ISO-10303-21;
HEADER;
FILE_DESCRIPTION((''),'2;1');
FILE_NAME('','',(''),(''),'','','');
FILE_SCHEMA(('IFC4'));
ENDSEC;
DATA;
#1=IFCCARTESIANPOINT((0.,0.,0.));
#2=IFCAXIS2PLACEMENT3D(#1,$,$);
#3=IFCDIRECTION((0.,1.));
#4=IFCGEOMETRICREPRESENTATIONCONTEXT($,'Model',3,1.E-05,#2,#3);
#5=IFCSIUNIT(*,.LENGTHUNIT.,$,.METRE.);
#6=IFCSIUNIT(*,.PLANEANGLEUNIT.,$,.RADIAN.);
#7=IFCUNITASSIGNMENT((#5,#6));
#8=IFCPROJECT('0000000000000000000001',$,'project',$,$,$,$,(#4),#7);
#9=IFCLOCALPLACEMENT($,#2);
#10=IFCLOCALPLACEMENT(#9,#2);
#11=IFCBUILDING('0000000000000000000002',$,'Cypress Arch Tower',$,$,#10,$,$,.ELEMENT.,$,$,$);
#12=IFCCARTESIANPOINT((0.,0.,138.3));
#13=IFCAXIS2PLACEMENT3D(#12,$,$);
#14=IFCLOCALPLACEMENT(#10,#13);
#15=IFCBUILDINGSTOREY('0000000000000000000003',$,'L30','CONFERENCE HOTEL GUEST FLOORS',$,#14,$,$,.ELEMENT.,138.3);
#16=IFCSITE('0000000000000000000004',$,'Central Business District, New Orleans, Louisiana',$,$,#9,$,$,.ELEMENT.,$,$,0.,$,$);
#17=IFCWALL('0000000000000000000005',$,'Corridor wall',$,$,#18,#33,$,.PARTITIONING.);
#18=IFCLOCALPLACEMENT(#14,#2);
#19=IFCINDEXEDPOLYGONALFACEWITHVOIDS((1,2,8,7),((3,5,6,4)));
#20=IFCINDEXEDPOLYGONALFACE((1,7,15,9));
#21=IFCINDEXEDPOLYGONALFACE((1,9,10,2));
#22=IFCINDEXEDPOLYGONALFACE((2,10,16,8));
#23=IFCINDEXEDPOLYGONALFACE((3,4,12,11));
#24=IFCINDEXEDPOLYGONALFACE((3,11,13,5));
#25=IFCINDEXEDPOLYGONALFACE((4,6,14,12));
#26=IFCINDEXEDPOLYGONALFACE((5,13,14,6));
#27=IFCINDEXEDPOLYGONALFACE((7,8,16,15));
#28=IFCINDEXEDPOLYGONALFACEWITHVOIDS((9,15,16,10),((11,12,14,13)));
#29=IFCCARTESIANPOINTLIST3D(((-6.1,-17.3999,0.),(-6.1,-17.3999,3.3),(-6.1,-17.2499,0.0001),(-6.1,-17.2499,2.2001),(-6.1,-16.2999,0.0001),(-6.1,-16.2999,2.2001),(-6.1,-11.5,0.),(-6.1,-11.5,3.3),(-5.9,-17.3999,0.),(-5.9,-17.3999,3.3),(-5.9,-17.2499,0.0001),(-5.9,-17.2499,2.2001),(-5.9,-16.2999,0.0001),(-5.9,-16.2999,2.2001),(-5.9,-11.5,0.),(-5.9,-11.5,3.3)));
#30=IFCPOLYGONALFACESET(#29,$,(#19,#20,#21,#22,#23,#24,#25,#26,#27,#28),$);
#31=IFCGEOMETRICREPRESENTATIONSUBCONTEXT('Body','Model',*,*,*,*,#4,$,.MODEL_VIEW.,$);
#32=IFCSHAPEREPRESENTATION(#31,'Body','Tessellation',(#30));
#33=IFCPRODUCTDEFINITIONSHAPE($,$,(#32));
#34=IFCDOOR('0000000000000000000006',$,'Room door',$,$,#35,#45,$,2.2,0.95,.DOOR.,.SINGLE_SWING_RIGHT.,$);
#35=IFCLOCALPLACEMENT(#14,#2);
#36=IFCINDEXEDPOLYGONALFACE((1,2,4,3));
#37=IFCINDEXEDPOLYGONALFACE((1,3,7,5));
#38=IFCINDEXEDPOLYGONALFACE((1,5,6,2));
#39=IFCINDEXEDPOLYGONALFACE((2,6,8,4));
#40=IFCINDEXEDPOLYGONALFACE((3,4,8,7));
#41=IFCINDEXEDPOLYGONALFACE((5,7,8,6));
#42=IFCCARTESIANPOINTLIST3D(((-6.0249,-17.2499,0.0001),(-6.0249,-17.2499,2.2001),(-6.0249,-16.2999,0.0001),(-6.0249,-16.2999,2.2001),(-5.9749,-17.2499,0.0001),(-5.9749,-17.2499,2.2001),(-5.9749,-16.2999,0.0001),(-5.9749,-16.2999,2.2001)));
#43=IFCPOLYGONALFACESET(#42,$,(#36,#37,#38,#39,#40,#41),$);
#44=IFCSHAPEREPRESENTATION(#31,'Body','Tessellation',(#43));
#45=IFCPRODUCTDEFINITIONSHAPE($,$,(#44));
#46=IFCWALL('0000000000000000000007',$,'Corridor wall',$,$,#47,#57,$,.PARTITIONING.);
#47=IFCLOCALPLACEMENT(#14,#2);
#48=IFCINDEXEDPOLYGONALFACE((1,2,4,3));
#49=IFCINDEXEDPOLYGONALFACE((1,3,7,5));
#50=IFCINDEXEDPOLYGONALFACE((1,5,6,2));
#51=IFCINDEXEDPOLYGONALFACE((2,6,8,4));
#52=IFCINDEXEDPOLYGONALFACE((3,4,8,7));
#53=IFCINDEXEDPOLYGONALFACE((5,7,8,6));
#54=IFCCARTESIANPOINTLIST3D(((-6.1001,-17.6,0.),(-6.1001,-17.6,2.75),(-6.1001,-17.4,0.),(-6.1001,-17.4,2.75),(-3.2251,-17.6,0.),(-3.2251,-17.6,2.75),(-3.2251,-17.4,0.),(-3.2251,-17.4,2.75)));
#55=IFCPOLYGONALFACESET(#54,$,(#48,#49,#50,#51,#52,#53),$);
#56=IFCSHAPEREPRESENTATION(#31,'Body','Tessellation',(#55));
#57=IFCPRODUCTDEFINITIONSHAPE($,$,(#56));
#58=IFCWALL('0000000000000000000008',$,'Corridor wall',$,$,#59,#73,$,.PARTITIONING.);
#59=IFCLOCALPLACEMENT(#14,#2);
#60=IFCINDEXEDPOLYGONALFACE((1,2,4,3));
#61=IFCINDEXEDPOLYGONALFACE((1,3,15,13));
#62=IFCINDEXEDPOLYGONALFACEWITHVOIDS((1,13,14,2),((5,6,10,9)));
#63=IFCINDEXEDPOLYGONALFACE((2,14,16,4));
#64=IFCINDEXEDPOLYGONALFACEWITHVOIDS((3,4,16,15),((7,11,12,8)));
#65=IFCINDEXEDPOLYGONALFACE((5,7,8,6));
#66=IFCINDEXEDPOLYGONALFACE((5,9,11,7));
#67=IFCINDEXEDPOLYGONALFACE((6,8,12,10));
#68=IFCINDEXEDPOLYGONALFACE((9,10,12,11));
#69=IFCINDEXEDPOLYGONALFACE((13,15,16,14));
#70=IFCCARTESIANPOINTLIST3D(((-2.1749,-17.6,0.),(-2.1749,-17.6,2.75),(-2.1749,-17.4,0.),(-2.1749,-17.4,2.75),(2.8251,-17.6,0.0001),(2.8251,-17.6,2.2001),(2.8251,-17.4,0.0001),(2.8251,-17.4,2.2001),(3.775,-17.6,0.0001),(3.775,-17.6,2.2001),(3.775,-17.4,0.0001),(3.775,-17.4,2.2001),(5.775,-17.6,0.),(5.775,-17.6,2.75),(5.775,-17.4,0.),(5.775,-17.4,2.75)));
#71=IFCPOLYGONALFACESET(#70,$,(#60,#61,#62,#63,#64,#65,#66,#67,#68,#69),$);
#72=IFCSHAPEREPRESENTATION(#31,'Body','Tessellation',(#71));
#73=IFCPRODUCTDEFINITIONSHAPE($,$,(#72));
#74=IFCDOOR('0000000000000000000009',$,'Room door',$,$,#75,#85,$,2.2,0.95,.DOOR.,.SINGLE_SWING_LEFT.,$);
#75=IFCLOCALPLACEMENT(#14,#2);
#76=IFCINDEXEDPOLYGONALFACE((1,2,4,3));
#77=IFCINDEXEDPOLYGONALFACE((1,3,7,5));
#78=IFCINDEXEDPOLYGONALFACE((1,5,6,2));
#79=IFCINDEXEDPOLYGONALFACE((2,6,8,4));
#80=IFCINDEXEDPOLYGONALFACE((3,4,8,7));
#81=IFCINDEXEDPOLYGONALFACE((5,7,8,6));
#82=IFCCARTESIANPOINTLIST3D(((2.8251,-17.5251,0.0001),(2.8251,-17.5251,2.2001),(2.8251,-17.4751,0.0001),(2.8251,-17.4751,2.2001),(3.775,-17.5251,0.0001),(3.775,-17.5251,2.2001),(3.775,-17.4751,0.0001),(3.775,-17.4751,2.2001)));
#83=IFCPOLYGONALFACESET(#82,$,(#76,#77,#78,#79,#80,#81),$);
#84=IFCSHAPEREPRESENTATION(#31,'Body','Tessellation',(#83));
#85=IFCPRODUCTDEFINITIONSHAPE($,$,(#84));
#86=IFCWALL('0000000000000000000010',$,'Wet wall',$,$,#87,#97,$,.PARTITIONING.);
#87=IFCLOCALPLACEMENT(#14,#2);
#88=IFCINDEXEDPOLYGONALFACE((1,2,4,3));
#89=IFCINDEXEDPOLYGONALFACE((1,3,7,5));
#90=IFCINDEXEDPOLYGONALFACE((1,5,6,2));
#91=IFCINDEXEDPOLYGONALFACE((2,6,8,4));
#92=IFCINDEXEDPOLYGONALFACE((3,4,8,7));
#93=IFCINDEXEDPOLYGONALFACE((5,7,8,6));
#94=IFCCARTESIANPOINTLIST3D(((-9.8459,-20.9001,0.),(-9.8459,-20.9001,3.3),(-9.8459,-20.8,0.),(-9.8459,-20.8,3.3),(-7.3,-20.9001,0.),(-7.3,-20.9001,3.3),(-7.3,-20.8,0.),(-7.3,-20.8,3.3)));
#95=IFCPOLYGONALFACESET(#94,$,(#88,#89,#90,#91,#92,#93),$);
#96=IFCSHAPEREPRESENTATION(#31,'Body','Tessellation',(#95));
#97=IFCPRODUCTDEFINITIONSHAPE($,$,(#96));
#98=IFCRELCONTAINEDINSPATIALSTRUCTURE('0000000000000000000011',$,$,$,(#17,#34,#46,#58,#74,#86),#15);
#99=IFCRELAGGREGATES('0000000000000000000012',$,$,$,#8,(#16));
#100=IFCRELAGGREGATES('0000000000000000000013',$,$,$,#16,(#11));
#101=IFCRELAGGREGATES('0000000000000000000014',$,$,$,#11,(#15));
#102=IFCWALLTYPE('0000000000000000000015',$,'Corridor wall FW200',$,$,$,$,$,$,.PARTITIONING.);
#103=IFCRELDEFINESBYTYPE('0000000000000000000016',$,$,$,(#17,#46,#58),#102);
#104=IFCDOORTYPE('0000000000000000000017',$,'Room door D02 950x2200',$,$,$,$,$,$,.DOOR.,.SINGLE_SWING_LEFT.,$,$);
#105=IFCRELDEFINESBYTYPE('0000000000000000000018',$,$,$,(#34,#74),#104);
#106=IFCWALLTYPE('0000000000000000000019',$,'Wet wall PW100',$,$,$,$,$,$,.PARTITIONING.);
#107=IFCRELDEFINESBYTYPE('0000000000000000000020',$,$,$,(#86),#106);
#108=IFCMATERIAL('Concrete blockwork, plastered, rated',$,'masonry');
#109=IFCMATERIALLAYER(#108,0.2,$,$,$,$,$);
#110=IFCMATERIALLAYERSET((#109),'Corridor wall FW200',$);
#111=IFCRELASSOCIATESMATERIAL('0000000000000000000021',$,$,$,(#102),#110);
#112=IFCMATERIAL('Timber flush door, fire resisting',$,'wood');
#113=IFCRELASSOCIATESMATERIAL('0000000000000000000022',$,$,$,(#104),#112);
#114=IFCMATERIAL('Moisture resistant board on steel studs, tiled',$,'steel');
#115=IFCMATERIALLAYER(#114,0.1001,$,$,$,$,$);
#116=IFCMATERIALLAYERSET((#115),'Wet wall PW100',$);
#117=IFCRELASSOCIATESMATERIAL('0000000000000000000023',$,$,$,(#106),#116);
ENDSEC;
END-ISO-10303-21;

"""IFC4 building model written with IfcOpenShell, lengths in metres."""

from ifc_helpers import new_model, si_unit, direction, frame, frame_2d, origin, place, context, subcontext, project, spatial, rectangle, extrude, material, layer, layer_set, type_object, element, fill, save


model = new_model("IFC4")

# Units and contexts
model_context = context("Model", 3, precision=1e-05, world=origin(), true_north=direction((0.0, 1.0)))
body_context = subcontext(model_context, "Body", "Model", "MODEL_VIEW")
ifc_project = project(units=[si_unit("LENGTHUNIT", "METRE"), si_unit("PLANEANGLEUNIT", "RADIAN")], contexts=[model_context])

# Site, building, storey
site_placement = place(None, origin())
site = spatial("IfcSite", under=ifc_project, at=site_placement, Name="Central Business District, New Orleans, Louisiana", CompositionType="ELEMENT", RefElevation=0.0)
building_placement = place(site_placement, origin())
building = spatial("IfcBuilding", under=site, at=building_placement, Name="Cypress Arch Tower", CompositionType="ELEMENT")
storey_placement = place(building_placement, frame((0.0, 0.0, 138.3)))
storey = spatial("IfcBuildingStorey", under=building, at=storey_placement, Name="L30", Description="CONFERENCE HOTEL GUEST FLOORS", CompositionType="ELEMENT", Elevation=138.3)

# Wall, opening, door
ifc_material_1 = material(Name="Concrete blockwork, plastered, rated", Category="masonry")
ifc_layer_1 = layer(ifc_material_1, 0.2)
ifc_layer_set_1 = layer_set([ifc_layer_1], Name="Corridor wall FW200")
wall_type_1 = type_object("IfcWallType", Name="Corridor wall FW200", PredefinedType="PARTITIONING", material=ifc_layer_set_1)
wall_1_placement = place(storey_placement, frame((-6.0, -17.3999, 0.0), z_axis=(0.0, 0.0, 1.0), x_axis=(0.0, 1.0, 0.0)))
wall_1 = element("IfcWall", 1, at=wall_1_placement, inside=storey, type_object=wall_type_1, Name="Corridor wall", PredefinedType="PARTITIONING", context=body_context, shape_type="SweptSolid", body=[
    extrude(rectangle(XDim=5.8999, YDim=0.2, at=frame_2d((2.95, 0.0))), origin(), (0.0, 0.0, 1.0), 3.3),
])
opening_1_placement = place(wall_1_placement, frame((0.1499, 0.0, 0.0)))
opening_1 = element("IfcOpeningElement", 2, at=opening_1_placement, cuts=wall_1, PredefinedType="OPENING", context=body_context, shape_type="SweptSolid", body=[
    extrude(rectangle(XDim=0.95, YDim=2.2, at=frame_2d((0.4751, 1.1001))), frame((0.0, 0.1099, 0.0), z_axis=(0.0, -1.0, 0.0), x_axis=(1.0, 0.0, 0.0)), (0.0, 0.0, 1.0), 0.22),
])
ifc_material_2 = material(Name="Timber flush door, fire resisting", Category="wood")
door_type = type_object("IfcDoorType", Name="Room door D02 950x2200", OperationType="SINGLE_SWING_LEFT", PredefinedType="DOOR", material=ifc_material_2)
door_1_placement = place(opening_1_placement, origin())
door_1 = element("IfcDoor", 3, at=door_1_placement, inside=storey, type_object=door_type, Name="Room door", OperationType="SINGLE_SWING_RIGHT", OverallHeight=2.2, OverallWidth=0.95, PredefinedType="DOOR", context=body_context, shape_type="SweptSolid", body=[
    extrude(rectangle(XDim=0.95, YDim=2.2, at=frame_2d((0.4751, 1.1001))), frame((0.0, 0.0249, 0.0), z_axis=(0.0, -1.0, 0.0), x_axis=(1.0, 0.0, 0.0)), (0.0, 0.0, 1.0), 0.05),
])
fill(opening_1, door_1)

# Wall
wall_2_placement = place(storey_placement, frame((-6.1001, -17.5, 0.0), z_axis=(0.0, 0.0, 1.0), x_axis=(1.0, 0.0, 0.0)))
element("IfcWall", 4, at=wall_2_placement, inside=storey, type_object=wall_type_1, Name="Corridor wall", PredefinedType="PARTITIONING", context=body_context, shape_type="SweptSolid", body=[
    extrude(rectangle(XDim=2.875, YDim=0.2, at=frame_2d((1.4375, 0.0))), origin(), (0.0, 0.0, 1.0), 2.75),
])

# Wall, opening, door
wall_3_placement = place(storey_placement, frame((-2.175, -17.5, 0.0), z_axis=(0.0, 0.0, 1.0), x_axis=(1.0, 0.0, 0.0)))
wall_3 = element("IfcWall", 5, at=wall_3_placement, inside=storey, type_object=wall_type_1, Name="Corridor wall", PredefinedType="PARTITIONING", context=body_context, shape_type="SweptSolid", body=[
    extrude(rectangle(XDim=7.95, YDim=0.2, at=frame_2d((3.9751, 0.0))), origin(), (0.0, 0.0, 1.0), 2.75),
])
opening_2_placement = place(wall_3_placement, frame((5.0, 0.0, 0.0)))
opening_2 = element("IfcOpeningElement", 6, at=opening_2_placement, cuts=wall_3, PredefinedType="OPENING", context=body_context, shape_type="SweptSolid", body=[
    extrude(rectangle(XDim=0.95, YDim=2.2, at=frame_2d((0.4751, 1.1001))), frame((0.0, 0.1099, 0.0), z_axis=(0.0, -1.0, 0.0), x_axis=(1.0, 0.0, 0.0)), (0.0, 0.0, 1.0), 0.22),
])
door_2_placement = place(opening_2_placement, origin())
door_2 = element("IfcDoor", 7, at=door_2_placement, inside=storey, type_object=door_type, Name="Room door", OperationType="SINGLE_SWING_LEFT", OverallHeight=2.2, OverallWidth=0.95, PredefinedType="DOOR", context=body_context, shape_type="SweptSolid", body=[
    extrude(rectangle(XDim=0.95, YDim=2.2, at=frame_2d((0.4751, 1.1001))), frame((0.0, 0.0249, 0.0), z_axis=(0.0, -1.0, 0.0), x_axis=(1.0, 0.0, 0.0)), (0.0, 0.0, 1.0), 0.05),
])
fill(opening_2, door_2)

# Wall
ifc_material_3 = material(Name="Moisture resistant board on steel studs, tiled", Category="steel")
ifc_layer_2 = layer(ifc_material_3, 0.1001)
ifc_layer_set_2 = layer_set([ifc_layer_2], Name="Wet wall PW100")
wall_type_2 = type_object("IfcWallType", Name="Wet wall PW100", PredefinedType="PARTITIONING", material=ifc_layer_set_2)
wall_4_placement = place(storey_placement, frame((-9.8459, -20.8501, 0.0), z_axis=(0.0, 0.0, 1.0), x_axis=(1.0, 0.0, 0.0)))
element("IfcWall", 8, at=wall_4_placement, inside=storey, type_object=wall_type_2, Name="Wet wall", PredefinedType="PARTITIONING", context=body_context, shape_type="SweptSolid", body=[
    extrude(rectangle(XDim=2.5459, YDim=0.1001, at=frame_2d((1.2729, 0.0))), origin(), (0.0, 0.0, 1.0), 3.3),
])

save(model, "model.ifc")
